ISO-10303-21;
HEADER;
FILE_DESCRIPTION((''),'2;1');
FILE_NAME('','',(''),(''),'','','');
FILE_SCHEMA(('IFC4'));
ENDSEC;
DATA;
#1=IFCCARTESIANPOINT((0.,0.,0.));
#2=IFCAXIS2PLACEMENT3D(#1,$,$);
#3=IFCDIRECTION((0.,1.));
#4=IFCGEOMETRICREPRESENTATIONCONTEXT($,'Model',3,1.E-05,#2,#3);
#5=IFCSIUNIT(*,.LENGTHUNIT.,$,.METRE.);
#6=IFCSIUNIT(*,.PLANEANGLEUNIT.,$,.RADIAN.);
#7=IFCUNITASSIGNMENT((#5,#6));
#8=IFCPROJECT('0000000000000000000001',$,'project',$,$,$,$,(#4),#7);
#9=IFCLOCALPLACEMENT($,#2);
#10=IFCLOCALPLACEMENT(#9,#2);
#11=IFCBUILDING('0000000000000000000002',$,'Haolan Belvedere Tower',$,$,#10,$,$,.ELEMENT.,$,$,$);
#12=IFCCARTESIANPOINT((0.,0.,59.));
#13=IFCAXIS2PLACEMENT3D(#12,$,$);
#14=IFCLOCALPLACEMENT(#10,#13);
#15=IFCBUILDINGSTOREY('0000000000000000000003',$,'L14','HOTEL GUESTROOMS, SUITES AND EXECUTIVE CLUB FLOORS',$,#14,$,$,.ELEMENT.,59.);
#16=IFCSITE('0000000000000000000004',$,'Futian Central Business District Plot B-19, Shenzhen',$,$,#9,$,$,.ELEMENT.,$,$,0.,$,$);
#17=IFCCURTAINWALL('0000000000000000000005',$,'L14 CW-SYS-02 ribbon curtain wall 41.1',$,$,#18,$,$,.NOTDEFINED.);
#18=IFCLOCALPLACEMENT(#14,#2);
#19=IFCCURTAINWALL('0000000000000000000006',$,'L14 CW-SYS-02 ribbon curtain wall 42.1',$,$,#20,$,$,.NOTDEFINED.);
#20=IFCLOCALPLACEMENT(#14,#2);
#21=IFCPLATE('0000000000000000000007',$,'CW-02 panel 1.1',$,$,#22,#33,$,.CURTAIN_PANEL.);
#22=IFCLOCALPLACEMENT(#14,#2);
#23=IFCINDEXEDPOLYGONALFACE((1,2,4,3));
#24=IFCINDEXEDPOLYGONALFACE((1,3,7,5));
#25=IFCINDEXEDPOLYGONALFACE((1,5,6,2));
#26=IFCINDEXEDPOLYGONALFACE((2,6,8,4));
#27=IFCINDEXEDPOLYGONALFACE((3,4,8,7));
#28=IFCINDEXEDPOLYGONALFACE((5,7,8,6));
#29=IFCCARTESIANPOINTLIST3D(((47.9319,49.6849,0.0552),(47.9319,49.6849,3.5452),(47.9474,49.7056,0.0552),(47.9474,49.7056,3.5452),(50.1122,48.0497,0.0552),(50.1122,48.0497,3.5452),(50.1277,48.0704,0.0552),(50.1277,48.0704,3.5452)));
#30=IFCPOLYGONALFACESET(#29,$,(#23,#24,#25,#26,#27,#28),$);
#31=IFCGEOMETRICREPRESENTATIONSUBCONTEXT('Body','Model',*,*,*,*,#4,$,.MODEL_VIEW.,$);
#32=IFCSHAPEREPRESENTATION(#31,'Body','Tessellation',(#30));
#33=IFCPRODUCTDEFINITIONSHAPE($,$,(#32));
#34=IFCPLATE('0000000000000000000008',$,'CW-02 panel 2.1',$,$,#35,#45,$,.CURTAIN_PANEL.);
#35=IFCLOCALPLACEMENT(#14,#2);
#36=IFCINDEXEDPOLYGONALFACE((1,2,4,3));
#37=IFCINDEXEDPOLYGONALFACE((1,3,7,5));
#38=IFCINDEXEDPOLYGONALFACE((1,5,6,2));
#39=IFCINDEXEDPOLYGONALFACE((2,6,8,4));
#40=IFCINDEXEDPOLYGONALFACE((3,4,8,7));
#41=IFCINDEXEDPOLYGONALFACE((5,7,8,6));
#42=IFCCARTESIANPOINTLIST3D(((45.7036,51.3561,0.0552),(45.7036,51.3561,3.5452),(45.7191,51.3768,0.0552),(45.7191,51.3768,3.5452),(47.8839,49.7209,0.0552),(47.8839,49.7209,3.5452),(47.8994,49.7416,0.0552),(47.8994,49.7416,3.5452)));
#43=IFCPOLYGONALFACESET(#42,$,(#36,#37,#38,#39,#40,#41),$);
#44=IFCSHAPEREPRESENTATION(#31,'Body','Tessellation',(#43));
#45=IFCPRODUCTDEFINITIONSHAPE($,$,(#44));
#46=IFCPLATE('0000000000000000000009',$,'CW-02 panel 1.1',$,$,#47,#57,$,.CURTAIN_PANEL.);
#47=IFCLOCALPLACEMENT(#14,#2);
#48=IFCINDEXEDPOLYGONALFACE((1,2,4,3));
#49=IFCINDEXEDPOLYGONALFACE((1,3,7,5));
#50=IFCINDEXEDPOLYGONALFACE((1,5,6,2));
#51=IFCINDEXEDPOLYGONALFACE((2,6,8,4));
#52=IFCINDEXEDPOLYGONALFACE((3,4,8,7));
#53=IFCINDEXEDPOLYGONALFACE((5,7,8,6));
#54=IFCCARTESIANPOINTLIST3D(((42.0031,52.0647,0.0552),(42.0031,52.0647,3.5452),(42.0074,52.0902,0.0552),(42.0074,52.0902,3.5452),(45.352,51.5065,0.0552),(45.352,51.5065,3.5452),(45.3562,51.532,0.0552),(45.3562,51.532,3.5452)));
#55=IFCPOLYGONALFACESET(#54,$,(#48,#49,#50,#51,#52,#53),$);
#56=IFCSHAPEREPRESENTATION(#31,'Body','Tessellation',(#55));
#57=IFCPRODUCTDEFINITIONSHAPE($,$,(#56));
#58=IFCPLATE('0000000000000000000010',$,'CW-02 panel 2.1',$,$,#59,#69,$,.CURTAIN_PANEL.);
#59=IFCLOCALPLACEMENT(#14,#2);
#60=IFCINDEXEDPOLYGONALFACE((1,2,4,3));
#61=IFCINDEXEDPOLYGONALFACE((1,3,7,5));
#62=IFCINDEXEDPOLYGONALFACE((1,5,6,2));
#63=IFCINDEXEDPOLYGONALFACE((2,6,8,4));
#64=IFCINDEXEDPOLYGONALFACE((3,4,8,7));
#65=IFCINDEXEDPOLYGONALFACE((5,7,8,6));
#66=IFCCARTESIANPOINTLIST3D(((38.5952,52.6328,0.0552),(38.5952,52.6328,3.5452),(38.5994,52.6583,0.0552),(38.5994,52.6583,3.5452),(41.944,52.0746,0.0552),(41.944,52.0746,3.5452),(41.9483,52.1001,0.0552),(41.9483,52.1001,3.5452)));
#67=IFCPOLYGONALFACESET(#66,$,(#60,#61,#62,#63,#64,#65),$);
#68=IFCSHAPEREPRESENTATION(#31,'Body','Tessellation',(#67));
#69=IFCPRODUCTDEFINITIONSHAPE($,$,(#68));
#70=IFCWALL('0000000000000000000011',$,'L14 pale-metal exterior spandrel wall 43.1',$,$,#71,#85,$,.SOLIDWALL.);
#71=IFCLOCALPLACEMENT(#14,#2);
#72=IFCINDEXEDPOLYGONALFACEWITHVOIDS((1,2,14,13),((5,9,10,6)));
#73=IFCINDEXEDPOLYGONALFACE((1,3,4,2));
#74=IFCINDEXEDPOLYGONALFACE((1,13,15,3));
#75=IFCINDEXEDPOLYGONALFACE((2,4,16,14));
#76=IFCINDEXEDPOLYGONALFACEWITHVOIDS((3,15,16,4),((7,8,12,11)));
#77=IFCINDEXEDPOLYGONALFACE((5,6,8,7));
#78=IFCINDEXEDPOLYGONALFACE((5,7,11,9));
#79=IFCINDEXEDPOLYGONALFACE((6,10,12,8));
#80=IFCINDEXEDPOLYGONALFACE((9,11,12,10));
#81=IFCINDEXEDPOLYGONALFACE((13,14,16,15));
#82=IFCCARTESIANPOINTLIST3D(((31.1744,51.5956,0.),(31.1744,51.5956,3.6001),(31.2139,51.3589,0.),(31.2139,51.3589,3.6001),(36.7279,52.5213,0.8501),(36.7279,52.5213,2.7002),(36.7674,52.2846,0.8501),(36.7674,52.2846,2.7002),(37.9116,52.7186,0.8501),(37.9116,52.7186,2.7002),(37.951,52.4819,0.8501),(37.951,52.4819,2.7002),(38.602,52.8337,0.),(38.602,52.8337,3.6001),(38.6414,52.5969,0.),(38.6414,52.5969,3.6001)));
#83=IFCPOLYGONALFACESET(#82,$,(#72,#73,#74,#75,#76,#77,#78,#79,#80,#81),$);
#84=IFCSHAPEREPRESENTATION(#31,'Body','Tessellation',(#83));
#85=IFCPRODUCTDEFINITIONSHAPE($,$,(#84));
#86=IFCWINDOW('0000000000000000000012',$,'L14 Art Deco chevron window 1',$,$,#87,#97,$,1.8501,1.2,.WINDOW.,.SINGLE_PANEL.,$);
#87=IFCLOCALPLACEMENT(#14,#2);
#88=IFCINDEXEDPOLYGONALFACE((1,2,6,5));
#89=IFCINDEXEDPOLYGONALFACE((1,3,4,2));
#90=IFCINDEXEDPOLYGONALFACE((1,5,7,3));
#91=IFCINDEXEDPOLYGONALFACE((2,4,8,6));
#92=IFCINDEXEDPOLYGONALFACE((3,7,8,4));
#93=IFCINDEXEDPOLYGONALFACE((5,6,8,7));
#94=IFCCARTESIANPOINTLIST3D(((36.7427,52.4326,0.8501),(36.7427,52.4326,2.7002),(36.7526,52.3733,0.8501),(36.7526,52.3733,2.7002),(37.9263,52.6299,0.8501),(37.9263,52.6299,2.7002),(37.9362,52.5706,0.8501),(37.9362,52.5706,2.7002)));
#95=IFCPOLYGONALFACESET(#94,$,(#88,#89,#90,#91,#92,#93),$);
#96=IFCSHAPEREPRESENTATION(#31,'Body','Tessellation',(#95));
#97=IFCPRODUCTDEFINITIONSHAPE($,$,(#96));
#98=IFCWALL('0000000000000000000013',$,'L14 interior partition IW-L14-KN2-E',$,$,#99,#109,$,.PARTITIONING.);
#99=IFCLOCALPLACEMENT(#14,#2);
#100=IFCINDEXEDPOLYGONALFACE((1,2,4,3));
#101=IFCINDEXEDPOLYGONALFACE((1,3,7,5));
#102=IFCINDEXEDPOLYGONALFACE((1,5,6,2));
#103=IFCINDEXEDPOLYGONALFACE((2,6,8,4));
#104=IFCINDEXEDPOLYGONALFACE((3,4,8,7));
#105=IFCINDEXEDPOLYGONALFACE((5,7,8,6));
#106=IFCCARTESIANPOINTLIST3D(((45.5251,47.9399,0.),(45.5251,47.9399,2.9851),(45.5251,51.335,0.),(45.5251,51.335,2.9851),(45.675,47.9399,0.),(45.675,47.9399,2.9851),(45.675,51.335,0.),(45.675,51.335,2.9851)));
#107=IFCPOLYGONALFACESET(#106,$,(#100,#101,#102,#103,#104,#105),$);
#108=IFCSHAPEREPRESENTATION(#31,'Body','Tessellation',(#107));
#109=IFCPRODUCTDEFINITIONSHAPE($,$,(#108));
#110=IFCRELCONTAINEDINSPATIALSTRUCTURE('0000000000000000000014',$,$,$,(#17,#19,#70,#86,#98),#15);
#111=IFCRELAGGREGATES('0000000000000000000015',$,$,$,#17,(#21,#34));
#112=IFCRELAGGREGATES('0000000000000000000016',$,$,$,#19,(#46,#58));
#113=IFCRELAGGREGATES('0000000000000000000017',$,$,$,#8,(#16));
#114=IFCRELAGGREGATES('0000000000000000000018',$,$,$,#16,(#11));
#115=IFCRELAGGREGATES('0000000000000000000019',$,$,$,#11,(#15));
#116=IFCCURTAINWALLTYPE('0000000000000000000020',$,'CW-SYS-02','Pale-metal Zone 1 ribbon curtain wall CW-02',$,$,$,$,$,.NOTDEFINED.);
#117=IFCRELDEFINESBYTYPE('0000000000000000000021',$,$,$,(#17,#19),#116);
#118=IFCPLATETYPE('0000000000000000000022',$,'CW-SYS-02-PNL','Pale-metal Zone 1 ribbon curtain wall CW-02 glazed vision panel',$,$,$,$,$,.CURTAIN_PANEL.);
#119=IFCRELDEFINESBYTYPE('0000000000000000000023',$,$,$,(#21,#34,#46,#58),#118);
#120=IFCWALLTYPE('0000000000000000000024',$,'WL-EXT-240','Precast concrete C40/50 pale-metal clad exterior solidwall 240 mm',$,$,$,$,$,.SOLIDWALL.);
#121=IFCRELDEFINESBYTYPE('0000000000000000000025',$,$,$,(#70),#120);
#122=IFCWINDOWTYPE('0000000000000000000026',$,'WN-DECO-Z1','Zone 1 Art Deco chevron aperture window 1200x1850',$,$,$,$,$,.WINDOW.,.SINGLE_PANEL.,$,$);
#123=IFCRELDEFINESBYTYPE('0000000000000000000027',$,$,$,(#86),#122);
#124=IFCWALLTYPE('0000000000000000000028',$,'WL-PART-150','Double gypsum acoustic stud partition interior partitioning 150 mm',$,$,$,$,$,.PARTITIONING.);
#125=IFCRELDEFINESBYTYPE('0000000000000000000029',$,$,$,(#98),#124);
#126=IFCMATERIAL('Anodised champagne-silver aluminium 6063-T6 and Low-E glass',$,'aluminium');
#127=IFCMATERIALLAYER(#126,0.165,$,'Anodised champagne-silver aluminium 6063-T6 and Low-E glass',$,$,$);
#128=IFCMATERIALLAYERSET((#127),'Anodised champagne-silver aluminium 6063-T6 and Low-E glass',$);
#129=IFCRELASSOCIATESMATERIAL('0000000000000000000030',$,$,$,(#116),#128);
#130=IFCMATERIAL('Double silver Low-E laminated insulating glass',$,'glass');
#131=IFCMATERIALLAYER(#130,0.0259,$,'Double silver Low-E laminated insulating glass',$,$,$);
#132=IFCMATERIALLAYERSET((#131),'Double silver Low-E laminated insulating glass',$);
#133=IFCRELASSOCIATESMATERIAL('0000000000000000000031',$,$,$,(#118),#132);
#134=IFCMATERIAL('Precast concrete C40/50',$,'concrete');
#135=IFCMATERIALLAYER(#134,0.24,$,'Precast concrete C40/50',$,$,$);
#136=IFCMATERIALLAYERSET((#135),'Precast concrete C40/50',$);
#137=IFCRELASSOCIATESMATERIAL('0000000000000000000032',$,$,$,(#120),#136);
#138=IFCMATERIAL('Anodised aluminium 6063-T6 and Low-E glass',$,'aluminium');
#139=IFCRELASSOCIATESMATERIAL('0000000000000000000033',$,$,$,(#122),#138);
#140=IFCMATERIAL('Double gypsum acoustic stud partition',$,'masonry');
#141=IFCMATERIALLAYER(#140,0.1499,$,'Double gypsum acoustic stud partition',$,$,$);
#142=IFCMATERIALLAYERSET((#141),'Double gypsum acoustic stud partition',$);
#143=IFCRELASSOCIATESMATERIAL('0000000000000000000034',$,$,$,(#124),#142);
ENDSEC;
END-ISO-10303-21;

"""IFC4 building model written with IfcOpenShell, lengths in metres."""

from ifc_helpers import new_model, si_unit, direction, frame, frame_2d, origin, origin_2d, place, context, subcontext, project, spatial, rectangle, extrude, material, layer, layer_set, type_object, element, fill, aggregate, save


model = new_model("IFC4")

# Units and contexts
model_context = context("Model", 3, precision=1e-05, world=origin(), true_north=direction((0.0, 1.0)))
body_context = subcontext(model_context, "Body", "Model", "MODEL_VIEW")
ifc_project = project(units=[si_unit("LENGTHUNIT", "METRE"), si_unit("PLANEANGLEUNIT", "RADIAN")], contexts=[model_context])

# Site, building, storey
site_placement = place(None, origin())
site = spatial("IfcSite", under=ifc_project, at=site_placement, Name="Futian Central Business District Plot B-19, Shenzhen", CompositionType="ELEMENT", RefElevation=0.0)
building_placement = place(site_placement, origin())
building = spatial("IfcBuilding", under=site, at=building_placement, Name="Haolan Belvedere Tower", CompositionType="ELEMENT")
storey_placement = place(building_placement, frame((0.0, 0.0, 59.0)))
storey = spatial("IfcBuildingStorey", under=building, at=storey_placement, Name="L14", Description="HOTEL GUESTROOMS, SUITES AND EXECUTIVE CLUB FLOORS", CompositionType="ELEMENT", Elevation=59.0)

# Curtain walls
ifc_material_1 = material(Name="Anodised champagne-silver aluminium 6063-T6 and Low-E glass", Category="aluminium")
ifc_layer_1 = layer(ifc_material_1, 0.165, Name="Anodised champagne-silver aluminium 6063-T6 and Low-E glass")
ifc_layer_set_1 = layer_set([ifc_layer_1], Name="Anodised champagne-silver aluminium 6063-T6 and Low-E glass")
curtain_wall_type = type_object("IfcCurtainWallType", Name="CW-SYS-02", Description="Pale-metal Zone 1 ribbon curtain wall CW-02", PredefinedType="NOTDEFINED", material=ifc_layer_set_1)
curtain_wall_1_placement = place(storey_placement, origin())
curtain_wall_1 = element("IfcCurtainWall", 1, at=curtain_wall_1_placement, inside=storey, type_object=curtain_wall_type, Name="L14 CW-SYS-02 ribbon curtain wall 41.1", PredefinedType="NOTDEFINED")
curtain_wall_2_placement = place(storey_placement, origin())
curtain_wall_2 = element("IfcCurtainWall", 2, at=curtain_wall_2_placement, inside=storey, type_object=curtain_wall_type, Name="L14 CW-SYS-02 ribbon curtain wall 42.1", PredefinedType="NOTDEFINED")

# Plates
ifc_material_2 = material(Name="Double silver Low-E laminated insulating glass", Category="glass")
ifc_layer_2 = layer(ifc_material_2, 0.0259, Name="Double silver Low-E laminated insulating glass")
ifc_layer_set_2 = layer_set([ifc_layer_2], Name="Double silver Low-E laminated insulating glass")
plate_type = type_object("IfcPlateType", Name="CW-SYS-02-PNL", Description="Pale-metal Zone 1 ribbon curtain wall CW-02 glazed vision panel", PredefinedType="CURTAIN_PANEL", material=ifc_layer_set_2)
plate_1_placement = place(storey_placement, frame((49.0298, 48.8777, 0.0552), z_axis=(0.0, 0.0, 1.0), x_axis=(-0.800004, 0.599994, 0.0)))
plate_1 = element("IfcPlate", 3, at=plate_1_placement, type_object=plate_type, Name="CW-02 panel 1.1", PredefinedType="CURTAIN_PANEL", context=body_context, shape_type="SweptSolid", body=[
    extrude(rectangle(XDim=2.7253, YDim=0.0259, at=origin_2d()), origin(), (0.0, 0.0, 1.0), 3.49),
])
plate_2_placement = place(storey_placement, frame((46.8015, 50.5488, 0.0552), z_axis=(0.0, 0.0, 1.0), x_axis=(-0.800004, 0.599994, 0.0)))
plate_2 = element("IfcPlate", 4, at=plate_2_placement, type_object=plate_type, Name="CW-02 panel 2.1", PredefinedType="CURTAIN_PANEL", context=body_context, shape_type="SweptSolid", body=[
    extrude(rectangle(XDim=2.7253, YDim=0.0259, at=origin_2d()), origin(), (0.0, 0.0, 1.0), 3.49),
])
aggregate(curtain_wall_1, [plate_1, plate_2])
plate_3_placement = place(storey_placement, frame((43.6797, 51.7983, 0.0552), z_axis=(0.0, 0.0, 1.0), x_axis=(-0.986393, 0.164404, 0.0)))
plate_3 = element("IfcPlate", 5, at=plate_3_placement, type_object=plate_type, Name="CW-02 panel 1.1", PredefinedType="CURTAIN_PANEL", context=body_context, shape_type="SweptSolid", body=[
    extrude(rectangle(XDim=3.395, YDim=0.0259, at=origin_2d()), origin(), (0.0, 0.0, 1.0), 3.49),
])
plate_4_placement = place(storey_placement, frame((40.2717, 52.3665, 0.0552), z_axis=(0.0, 0.0, 1.0), x_axis=(-0.986393, 0.164404, 0.0)))
plate_4 = element("IfcPlate", 6, at=plate_4_placement, type_object=plate_type, Name="CW-02 panel 2.1", PredefinedType="CURTAIN_PANEL", context=body_context, shape_type="SweptSolid", body=[
    extrude(rectangle(XDim=3.395, YDim=0.0259, at=origin_2d()), origin(), (0.0, 0.0, 1.0), 3.49),
])
aggregate(curtain_wall_2, [plate_3, plate_4])

# Wall, opening, window
ifc_material_3 = material(Name="Precast concrete C40/50", Category="concrete")
ifc_layer_3 = layer(ifc_material_3, 0.24, Name="Precast concrete C40/50")
ifc_layer_set_3 = layer_set([ifc_layer_3], Name="Precast concrete C40/50")
wall_type_1 = type_object("IfcWallType", Name="WL-EXT-240", Description="Precast concrete C40/50 pale-metal clad exterior solidwall 240 mm", PredefinedType="SOLIDWALL", material=ifc_layer_set_3)
wall_1_placement = place(storey_placement, frame((38.6218, 52.7153, 0.0), z_axis=(0.0, 0.0, 1.0), x_axis=(-0.986391, -0.164415, 0.0)))
wall_1 = element("IfcWall", 7, at=wall_1_placement, inside=storey, type_object=wall_type_1, Name="L14 pale-metal exterior spandrel wall 43.1", PredefinedType="SOLIDWALL", context=body_context, shape_type="SweptSolid", body=[
    extrude(rectangle(XDim=7.53, YDim=0.24, at=frame_2d((3.7651, 0.0))), origin(), (0.0, 0.0, 1.0), 3.6001),
])
opening_1_placement = place(wall_1_placement, frame((0.7, 0.0, 0.8501)))
opening_1 = element("IfcOpeningElement", 8, at=opening_1_placement, cuts=wall_1, PredefinedType="OPENING", context=body_context, shape_type="SweptSolid", body=[
    extrude(rectangle(XDim=1.2, YDim=1.8501, at=frame_2d((0.6001, 0.925))), frame((0.0, 0.1299, 0.0), z_axis=(0.0, -1.0, 0.0), x_axis=(1.0, 0.0, 0.0)), (0.0, 0.0, 1.0), 0.26),
])
ifc_material_4 = material(Name="Anodised aluminium 6063-T6 and Low-E glass", Category="aluminium")
window_type = type_object("IfcWindowType", Name="WN-DECO-Z1", Description="Zone 1 Art Deco chevron aperture window 1200x1850", PartitioningType="SINGLE_PANEL", PredefinedType="WINDOW", material=ifc_material_4)
window_placement = place(opening_1_placement, origin())
window = element("IfcWindow", 9, at=window_placement, inside=storey, type_object=window_type, Name="L14 Art Deco chevron window 1", OverallHeight=1.8501, OverallWidth=1.2, PartitioningType="SINGLE_PANEL", PredefinedType="WINDOW", context=body_context, shape_type="SweptSolid", body=[
    extrude(rectangle(XDim=1.2, YDim=1.8501, at=frame_2d((0.6001, 0.925))), frame((0.0, 0.03, 0.0), z_axis=(0.0, -1.0, 0.0), x_axis=(1.0, 0.0, 0.0)), (0.0, 0.0, 1.0), 0.0601),
])
fill(opening_1, window)

# Wall
ifc_material_5 = material(Name="Double gypsum acoustic stud partition", Category="masonry")
ifc_layer_4 = layer(ifc_material_5, 0.1499, Name="Double gypsum acoustic stud partition")
ifc_layer_set_4 = layer_set([ifc_layer_4], Name="Double gypsum acoustic stud partition")
wall_type_2 = type_object("IfcWallType", Name="WL-PART-150", Description="Double gypsum acoustic stud partition interior partitioning 150 mm", PredefinedType="PARTITIONING", material=ifc_layer_set_4)
wall_2_placement = place(storey_placement, frame((45.6001, 47.9399, 0.0), z_axis=(0.0, 0.0, 1.0), x_axis=(0.0, 1.0, 0.0)))
element("IfcWall", 10, at=wall_2_placement, inside=storey, type_object=wall_type_2, Name="L14 interior partition IW-L14-KN2-E", PredefinedType="PARTITIONING", context=body_context, shape_type="SweptSolid", body=[
    extrude(rectangle(XDim=3.395, YDim=0.1499, at=frame_2d((1.6975, 0.0))), origin(), (0.0, 0.0, 1.0), 2.9851),
])

save(model, "model.ifc")
